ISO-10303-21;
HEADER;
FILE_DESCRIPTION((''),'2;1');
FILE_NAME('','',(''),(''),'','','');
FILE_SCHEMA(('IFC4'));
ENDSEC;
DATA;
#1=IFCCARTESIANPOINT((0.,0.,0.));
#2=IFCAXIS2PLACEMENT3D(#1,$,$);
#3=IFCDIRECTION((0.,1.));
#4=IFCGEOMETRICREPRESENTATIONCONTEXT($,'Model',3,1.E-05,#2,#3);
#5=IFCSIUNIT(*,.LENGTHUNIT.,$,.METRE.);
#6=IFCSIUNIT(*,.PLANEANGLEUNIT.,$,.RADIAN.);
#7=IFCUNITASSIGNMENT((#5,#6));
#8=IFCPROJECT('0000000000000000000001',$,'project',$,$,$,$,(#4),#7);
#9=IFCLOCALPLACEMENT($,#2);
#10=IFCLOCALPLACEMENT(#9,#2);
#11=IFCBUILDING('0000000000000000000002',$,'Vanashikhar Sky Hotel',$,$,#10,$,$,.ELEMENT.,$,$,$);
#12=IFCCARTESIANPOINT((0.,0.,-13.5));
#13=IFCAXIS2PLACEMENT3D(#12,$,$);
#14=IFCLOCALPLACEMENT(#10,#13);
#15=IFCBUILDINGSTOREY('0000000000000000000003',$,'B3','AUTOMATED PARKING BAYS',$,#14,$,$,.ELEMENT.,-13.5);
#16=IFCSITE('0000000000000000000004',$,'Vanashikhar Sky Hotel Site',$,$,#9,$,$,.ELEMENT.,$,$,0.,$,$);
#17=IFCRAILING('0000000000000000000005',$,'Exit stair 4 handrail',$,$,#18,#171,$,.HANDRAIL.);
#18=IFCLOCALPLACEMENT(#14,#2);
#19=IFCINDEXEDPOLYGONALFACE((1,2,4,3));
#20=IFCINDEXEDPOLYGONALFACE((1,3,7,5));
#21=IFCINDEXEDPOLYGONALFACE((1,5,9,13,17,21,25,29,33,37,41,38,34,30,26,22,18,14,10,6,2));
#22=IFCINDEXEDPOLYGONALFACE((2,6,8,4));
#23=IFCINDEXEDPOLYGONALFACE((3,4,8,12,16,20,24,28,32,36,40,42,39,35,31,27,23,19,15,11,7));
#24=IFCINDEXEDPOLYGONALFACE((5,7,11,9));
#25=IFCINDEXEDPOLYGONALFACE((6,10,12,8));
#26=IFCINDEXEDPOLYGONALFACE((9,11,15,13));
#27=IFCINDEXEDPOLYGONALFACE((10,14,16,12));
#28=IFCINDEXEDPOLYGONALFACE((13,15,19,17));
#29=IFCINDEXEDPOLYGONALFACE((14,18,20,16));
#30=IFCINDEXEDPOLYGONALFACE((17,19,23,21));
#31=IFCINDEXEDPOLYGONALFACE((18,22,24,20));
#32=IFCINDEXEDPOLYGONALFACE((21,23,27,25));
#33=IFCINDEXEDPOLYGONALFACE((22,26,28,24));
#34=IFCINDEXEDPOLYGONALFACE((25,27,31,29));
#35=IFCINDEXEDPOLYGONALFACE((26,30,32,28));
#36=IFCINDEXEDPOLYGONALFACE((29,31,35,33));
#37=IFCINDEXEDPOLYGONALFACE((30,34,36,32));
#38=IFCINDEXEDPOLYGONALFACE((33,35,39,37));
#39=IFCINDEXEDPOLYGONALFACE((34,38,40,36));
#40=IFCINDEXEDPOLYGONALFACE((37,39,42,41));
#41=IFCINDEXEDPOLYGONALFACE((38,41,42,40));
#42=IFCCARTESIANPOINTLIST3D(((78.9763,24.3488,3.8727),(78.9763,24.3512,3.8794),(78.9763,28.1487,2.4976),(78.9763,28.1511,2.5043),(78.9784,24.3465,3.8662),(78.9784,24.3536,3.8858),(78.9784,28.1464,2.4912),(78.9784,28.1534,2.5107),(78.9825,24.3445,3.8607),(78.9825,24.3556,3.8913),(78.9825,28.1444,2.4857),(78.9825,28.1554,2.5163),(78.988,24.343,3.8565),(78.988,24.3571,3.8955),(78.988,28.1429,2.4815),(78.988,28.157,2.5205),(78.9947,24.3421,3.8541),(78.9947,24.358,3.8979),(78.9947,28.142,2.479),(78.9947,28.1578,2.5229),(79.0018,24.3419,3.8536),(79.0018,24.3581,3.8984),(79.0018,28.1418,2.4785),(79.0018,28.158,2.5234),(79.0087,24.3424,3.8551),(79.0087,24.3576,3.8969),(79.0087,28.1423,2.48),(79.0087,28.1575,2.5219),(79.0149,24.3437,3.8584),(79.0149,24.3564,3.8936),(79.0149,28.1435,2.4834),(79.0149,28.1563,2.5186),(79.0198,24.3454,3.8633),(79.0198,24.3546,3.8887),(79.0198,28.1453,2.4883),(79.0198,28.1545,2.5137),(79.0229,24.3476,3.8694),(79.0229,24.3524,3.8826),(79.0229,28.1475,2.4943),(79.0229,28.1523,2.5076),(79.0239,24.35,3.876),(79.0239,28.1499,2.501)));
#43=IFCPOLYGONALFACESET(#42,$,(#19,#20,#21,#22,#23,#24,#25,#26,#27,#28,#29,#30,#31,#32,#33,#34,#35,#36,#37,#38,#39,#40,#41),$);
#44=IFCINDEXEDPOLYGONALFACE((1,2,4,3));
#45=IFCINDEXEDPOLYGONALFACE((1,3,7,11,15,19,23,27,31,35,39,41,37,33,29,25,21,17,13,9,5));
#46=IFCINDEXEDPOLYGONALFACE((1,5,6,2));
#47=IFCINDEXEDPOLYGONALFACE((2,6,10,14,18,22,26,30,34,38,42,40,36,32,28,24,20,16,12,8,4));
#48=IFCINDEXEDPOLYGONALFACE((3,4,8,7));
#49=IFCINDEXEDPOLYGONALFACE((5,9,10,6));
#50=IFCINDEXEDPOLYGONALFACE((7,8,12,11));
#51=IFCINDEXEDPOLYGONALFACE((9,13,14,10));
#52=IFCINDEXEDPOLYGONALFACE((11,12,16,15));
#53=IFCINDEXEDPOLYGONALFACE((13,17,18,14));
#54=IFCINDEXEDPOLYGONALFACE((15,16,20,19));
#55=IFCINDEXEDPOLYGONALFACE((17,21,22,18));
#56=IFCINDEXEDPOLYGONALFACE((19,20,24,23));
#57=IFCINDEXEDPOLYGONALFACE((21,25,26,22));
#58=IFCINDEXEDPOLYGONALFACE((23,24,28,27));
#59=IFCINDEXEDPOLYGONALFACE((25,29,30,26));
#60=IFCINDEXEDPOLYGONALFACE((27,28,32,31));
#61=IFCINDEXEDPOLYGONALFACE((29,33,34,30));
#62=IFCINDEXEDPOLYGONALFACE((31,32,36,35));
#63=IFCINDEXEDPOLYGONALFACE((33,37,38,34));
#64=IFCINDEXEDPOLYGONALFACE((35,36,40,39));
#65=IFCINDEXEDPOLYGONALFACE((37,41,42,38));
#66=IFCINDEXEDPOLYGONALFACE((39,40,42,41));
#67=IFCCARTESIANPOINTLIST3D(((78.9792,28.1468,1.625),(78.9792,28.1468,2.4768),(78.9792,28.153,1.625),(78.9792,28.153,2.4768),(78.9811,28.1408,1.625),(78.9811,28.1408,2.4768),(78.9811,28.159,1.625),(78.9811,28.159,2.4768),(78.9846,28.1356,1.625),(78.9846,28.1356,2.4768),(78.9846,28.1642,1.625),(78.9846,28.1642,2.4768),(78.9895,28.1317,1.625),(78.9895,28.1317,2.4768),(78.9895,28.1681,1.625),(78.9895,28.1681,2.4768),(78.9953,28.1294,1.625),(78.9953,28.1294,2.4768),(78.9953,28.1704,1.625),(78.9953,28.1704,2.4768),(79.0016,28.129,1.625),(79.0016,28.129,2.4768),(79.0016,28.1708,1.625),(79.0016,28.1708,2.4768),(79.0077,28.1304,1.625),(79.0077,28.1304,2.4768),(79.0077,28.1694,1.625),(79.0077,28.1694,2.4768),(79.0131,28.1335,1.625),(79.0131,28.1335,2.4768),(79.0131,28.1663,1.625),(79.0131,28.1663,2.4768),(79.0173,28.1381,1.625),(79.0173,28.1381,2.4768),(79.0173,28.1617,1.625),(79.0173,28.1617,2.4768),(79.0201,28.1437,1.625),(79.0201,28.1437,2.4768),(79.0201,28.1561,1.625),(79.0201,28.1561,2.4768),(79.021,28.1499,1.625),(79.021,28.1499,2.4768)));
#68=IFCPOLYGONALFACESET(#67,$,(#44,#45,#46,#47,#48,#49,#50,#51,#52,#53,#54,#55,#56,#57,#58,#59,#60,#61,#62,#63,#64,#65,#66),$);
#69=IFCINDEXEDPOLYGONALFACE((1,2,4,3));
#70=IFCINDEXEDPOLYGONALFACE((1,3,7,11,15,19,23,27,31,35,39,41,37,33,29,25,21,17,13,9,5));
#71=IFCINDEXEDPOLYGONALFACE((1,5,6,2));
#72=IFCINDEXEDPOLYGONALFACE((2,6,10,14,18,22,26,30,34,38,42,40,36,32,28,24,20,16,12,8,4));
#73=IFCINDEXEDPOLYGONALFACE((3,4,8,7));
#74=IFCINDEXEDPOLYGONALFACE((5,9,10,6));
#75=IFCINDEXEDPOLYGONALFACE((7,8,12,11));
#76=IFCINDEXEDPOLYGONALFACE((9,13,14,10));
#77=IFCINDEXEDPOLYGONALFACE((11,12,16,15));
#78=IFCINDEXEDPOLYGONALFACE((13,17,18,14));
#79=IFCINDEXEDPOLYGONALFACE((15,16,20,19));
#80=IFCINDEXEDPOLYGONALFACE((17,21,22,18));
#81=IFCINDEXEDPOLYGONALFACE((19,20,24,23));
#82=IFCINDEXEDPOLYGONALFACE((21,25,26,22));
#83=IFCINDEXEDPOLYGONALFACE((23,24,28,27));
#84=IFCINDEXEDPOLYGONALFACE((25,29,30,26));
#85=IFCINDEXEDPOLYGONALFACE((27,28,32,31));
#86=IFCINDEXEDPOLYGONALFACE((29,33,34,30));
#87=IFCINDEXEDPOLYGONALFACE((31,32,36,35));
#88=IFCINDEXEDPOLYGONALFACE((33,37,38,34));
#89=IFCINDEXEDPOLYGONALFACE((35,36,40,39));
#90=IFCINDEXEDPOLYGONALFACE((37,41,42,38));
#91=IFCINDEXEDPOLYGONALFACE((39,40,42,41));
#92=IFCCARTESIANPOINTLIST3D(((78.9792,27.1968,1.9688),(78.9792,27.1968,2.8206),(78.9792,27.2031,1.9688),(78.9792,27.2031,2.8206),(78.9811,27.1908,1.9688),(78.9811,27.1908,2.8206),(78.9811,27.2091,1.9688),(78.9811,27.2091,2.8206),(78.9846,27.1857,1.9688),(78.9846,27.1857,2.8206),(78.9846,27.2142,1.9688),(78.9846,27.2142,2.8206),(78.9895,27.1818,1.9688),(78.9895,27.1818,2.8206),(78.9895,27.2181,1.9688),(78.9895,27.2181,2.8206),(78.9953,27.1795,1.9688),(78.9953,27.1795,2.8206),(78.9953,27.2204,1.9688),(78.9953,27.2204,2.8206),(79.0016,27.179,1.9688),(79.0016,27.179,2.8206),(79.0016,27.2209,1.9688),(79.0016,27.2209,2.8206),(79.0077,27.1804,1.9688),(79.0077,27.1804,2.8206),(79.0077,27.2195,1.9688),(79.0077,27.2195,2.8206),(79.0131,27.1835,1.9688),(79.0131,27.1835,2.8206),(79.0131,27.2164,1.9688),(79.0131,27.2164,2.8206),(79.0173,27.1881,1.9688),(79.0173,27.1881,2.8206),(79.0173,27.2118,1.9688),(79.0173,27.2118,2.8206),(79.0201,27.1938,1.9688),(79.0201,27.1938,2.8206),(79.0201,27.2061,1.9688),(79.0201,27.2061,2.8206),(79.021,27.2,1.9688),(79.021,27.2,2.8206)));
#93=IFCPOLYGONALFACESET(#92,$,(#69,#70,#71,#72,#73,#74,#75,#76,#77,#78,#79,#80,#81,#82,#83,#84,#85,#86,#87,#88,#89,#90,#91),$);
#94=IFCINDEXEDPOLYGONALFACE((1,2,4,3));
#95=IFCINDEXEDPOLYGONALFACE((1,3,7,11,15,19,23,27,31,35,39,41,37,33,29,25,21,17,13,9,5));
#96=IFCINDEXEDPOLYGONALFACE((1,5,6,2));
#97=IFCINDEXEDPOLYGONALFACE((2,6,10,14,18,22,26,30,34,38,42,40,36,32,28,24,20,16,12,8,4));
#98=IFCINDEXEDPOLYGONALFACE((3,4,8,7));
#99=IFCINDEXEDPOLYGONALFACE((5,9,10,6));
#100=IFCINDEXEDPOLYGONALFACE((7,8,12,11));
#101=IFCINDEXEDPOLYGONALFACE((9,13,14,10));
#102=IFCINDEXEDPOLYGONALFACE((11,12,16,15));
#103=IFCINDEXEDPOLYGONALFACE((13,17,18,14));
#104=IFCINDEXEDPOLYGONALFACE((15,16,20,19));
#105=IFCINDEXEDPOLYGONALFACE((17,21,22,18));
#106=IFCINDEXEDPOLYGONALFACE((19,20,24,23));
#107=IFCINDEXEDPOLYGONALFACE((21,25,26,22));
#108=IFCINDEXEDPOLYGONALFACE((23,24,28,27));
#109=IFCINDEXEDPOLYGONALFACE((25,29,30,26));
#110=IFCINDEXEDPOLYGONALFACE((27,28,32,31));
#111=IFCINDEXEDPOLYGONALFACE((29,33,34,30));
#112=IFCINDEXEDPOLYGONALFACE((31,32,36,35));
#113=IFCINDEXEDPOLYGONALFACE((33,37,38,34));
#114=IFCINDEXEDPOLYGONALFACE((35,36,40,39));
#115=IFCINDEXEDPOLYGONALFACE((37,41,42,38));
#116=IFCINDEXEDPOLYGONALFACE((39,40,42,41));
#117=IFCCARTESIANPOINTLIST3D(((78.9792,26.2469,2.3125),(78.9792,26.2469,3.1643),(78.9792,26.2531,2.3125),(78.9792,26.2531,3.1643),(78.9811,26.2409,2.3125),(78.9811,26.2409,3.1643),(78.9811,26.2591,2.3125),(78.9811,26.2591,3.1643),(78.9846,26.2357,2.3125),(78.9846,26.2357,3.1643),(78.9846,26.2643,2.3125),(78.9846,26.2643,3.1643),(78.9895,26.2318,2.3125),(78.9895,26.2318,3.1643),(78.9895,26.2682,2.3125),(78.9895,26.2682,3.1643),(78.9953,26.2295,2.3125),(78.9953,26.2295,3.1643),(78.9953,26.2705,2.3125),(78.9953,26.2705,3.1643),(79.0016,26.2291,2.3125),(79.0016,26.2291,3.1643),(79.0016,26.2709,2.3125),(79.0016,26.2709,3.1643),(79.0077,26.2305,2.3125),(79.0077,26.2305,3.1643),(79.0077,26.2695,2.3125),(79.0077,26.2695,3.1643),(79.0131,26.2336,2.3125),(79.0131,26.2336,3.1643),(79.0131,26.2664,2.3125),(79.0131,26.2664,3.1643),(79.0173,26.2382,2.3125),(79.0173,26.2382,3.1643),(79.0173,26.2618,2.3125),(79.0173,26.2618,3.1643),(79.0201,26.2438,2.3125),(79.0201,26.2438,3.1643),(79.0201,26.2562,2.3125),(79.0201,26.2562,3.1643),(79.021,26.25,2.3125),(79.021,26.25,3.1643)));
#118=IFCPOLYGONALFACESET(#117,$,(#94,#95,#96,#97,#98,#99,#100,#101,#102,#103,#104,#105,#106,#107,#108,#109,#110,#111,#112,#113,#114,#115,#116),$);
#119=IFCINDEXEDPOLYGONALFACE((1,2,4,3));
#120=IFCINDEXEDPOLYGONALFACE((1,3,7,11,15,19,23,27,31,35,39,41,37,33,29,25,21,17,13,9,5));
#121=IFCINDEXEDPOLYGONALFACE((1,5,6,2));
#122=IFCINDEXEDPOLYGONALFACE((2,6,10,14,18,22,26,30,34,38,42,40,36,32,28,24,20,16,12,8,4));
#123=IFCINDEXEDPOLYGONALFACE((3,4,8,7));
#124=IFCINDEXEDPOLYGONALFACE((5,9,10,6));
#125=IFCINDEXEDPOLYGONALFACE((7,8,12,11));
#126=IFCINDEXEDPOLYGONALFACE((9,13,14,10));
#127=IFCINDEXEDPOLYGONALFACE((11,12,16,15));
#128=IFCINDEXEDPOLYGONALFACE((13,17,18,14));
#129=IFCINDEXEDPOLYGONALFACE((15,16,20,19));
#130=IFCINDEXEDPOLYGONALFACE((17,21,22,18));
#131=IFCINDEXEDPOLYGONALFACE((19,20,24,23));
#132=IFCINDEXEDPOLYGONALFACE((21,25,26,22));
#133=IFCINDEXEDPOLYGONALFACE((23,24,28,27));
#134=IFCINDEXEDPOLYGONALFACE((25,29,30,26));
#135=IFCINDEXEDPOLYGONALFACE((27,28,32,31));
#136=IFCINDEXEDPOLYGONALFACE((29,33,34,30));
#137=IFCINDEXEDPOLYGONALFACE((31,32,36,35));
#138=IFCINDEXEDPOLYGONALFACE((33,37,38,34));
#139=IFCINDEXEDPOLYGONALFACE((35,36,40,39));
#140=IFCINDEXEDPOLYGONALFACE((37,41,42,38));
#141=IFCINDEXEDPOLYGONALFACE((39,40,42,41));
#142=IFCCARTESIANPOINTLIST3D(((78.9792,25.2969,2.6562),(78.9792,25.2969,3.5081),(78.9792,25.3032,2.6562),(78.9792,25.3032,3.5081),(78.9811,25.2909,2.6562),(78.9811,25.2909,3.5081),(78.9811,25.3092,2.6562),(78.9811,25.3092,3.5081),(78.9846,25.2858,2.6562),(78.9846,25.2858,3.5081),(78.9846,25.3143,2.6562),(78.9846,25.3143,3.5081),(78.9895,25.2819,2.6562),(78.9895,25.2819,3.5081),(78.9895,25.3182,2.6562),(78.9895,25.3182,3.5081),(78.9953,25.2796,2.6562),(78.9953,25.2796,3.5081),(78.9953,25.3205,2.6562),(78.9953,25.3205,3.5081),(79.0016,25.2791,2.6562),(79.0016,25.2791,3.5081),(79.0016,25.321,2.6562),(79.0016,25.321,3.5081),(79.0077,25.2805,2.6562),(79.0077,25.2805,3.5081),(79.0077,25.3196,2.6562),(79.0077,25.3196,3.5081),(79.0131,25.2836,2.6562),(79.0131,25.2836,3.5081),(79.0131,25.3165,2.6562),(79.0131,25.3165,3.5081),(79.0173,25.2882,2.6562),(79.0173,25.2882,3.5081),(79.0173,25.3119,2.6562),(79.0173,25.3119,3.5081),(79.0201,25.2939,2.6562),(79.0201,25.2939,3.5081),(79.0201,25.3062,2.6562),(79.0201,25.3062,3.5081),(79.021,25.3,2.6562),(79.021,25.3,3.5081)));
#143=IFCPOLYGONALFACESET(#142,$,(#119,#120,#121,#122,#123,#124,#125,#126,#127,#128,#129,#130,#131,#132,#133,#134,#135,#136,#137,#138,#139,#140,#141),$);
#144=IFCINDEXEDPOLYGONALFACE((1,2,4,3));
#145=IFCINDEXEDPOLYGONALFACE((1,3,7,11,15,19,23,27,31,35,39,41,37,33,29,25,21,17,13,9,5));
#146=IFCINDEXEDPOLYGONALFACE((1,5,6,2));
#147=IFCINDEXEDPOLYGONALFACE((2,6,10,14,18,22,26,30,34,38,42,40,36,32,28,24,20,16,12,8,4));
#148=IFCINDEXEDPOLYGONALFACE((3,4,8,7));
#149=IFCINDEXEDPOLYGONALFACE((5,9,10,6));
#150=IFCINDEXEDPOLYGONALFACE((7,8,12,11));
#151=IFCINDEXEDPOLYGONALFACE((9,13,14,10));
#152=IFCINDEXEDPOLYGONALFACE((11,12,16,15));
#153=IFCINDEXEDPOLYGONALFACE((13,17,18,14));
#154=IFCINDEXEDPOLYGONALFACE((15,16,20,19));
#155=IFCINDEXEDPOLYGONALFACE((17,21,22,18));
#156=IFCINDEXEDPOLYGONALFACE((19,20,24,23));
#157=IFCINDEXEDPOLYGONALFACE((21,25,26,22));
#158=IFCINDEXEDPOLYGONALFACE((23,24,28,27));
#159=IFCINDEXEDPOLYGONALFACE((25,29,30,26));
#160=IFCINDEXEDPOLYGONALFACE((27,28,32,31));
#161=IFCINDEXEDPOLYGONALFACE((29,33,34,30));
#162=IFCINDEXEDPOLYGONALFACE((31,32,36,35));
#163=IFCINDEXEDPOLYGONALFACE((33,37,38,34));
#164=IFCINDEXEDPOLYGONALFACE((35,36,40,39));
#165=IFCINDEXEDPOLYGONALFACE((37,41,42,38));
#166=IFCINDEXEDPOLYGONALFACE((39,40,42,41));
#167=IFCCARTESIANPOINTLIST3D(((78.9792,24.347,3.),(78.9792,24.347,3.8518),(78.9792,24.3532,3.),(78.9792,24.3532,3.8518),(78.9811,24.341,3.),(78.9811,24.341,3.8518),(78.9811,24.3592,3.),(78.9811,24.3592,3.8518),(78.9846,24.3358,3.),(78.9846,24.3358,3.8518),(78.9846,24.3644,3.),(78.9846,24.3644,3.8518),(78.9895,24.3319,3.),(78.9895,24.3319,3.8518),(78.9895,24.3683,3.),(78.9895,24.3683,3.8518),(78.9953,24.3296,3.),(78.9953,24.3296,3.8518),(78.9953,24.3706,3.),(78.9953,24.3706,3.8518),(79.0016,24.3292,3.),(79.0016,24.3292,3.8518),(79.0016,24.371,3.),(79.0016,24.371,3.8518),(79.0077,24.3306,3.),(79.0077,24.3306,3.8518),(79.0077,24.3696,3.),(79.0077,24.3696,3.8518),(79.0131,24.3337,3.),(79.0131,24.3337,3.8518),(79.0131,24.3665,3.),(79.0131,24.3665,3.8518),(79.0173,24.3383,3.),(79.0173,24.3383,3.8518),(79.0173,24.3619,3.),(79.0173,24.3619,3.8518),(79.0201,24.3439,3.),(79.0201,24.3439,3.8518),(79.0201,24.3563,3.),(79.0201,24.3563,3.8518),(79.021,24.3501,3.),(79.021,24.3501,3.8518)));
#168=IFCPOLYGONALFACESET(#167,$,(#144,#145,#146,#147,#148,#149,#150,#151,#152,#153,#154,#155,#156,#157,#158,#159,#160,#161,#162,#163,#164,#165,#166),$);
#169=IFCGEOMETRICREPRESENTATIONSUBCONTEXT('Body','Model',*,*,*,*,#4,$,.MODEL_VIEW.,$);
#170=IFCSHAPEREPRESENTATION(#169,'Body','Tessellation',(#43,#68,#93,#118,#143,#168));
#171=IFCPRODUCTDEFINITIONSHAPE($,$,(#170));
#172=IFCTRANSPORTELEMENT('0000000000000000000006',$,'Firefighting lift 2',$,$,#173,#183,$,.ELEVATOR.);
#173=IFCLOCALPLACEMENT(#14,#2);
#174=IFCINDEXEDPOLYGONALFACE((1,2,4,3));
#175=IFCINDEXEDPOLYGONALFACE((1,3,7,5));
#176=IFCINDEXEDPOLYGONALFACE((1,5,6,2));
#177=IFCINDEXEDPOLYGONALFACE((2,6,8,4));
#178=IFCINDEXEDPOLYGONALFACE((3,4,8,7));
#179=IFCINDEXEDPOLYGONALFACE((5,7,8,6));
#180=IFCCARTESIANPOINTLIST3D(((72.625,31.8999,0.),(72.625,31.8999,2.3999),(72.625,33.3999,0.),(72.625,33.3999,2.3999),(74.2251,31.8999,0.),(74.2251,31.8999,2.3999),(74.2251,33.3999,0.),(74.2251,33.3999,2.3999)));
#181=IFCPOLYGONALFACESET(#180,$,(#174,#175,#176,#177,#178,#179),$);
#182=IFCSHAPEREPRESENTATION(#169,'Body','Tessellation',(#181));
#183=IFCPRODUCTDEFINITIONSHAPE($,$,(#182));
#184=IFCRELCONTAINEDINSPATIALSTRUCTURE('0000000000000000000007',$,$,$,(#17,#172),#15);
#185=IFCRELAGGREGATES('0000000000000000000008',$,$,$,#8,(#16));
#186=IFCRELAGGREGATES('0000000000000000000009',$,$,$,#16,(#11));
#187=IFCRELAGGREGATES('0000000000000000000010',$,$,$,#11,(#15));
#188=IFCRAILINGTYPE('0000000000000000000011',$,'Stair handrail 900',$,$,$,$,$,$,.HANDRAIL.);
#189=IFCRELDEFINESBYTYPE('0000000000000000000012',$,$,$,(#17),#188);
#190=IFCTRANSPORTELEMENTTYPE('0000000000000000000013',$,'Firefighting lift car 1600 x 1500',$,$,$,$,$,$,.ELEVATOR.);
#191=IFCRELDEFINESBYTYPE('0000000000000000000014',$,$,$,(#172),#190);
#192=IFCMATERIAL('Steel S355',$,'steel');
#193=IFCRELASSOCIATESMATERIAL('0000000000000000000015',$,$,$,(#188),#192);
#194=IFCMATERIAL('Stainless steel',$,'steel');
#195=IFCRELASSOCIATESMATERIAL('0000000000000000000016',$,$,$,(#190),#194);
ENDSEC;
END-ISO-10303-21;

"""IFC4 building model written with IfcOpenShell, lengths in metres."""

from ifc_helpers import new_model, si_unit, direction, frame, origin, origin_2d, place, context, subcontext, project, spatial, rectangle, circle, extrude, source, transform, mapped, material, type_object, element, save


model = new_model("IFC4")

# Units and contexts
model_context = context("Model", 3, precision=1e-05, world=origin(), true_north=direction((0.0, 1.0)))
body_context = subcontext(model_context, "Body", "Model", "MODEL_VIEW")
ifc_project = project(units=[si_unit("LENGTHUNIT", "METRE"), si_unit("PLANEANGLEUNIT", "RADIAN")], contexts=[model_context])

# Site, building, storey
site_placement = place(None, origin())
site = spatial("IfcSite", under=ifc_project, at=site_placement, Name="Vanashikhar Sky Hotel Site", CompositionType="ELEMENT", RefElevation=0.0)
building_placement = place(site_placement, origin())
building = spatial("IfcBuilding", under=site, at=building_placement, Name="Vanashikhar Sky Hotel", CompositionType="ELEMENT")
storey_placement = place(building_placement, frame((0.0, 0.0, -13.5)))
storey = spatial("IfcBuildingStorey", under=building, at=storey_placement, Name="B3", Description="AUTOMATED PARKING BAYS", CompositionType="ELEMENT", Elevation=-13.5)

# Shared definitions
ifc_material_1 = material(Name="Stainless steel", Category="steel")

# Railing
ifc_material_2 = material(Name="Steel S355", Category="steel")
railing_type_1 = type_object("IfcRailingType", Name="Stair handrail 900", PredefinedType="HANDRAIL", material=ifc_material_2)
shared_shape_1 = source(origin(), body_context, "Body", "SweptSolid", [
    extrude(circle(Radius=0.0239, at=origin_2d()), frame((0.0, 0.0, 0.876), z_axis=(0.0, -0.940329, 0.340268), x_axis=(1.0, 0.0, 0.0)), (0.0, 0.0, 1.0), 4.041),
    extrude(circle(Radius=0.021, at=origin_2d()), origin(), (0.0, 0.0, 1.0), 0.8518),
    extrude(circle(Radius=0.021, at=origin_2d()), frame((0.0, -0.95, 0.3438)), (0.0, 0.0, 1.0), 0.8518),
    extrude(circle(Radius=0.021, at=origin_2d()), frame((0.0, -1.8999, 0.6875)), (0.0, 0.0, 1.0), 0.8518),
    extrude(circle(Radius=0.021, at=origin_2d()), frame((0.0, -2.8499, 1.0312)), (0.0, 0.0, 1.0), 0.8518),
    extrude(circle(Radius=0.021, at=origin_2d()), frame((0.0, -3.7998, 1.375)), (0.0, 0.0, 1.0), 0.8518),
])
railing_1_placement = place(storey_placement, frame((79.0, 28.1499, 1.625)))
element("IfcRailing", 1, at=railing_1_placement, inside=storey, type_object=railing_type_1, Name="Exit stair 4 handrail", PredefinedType="HANDRAIL", context=body_context, shape_type="MappedRepresentation", body=[
    mapped(shared_shape_1, transform((0.0, 0.0, 0.0), scale=1.0)),
])

# Transport element
transport_element_type = type_object("IfcTransportElementType", Name="Firefighting lift car 1600 x 1500", PredefinedType="ELEVATOR", material=ifc_material_1)
shared_shape_2 = source(origin(), body_context, "Body", "SweptSolid", [
    extrude(rectangle(XDim=1.6001, YDim=1.5, at=origin_2d()), origin(), (0.0, 0.0, 1.0), 2.3999),
])
transport_element_placement = place(storey_placement, frame((73.425, 32.6499, 0.0), z_axis=(0.0, 0.0, 1.0), x_axis=(1.0, 0.0, 0.0)))
element("IfcTransportElement", 2, at=transport_element_placement, inside=storey, type_object=transport_element_type, Name="Firefighting lift 2", PredefinedType="ELEVATOR", context=body_context, shape_type="MappedRepresentation", body=[
    mapped(shared_shape_2, transform((0.0, 0.0, 0.0), scale=1.0)),
])

save(model, "model.ifc")
